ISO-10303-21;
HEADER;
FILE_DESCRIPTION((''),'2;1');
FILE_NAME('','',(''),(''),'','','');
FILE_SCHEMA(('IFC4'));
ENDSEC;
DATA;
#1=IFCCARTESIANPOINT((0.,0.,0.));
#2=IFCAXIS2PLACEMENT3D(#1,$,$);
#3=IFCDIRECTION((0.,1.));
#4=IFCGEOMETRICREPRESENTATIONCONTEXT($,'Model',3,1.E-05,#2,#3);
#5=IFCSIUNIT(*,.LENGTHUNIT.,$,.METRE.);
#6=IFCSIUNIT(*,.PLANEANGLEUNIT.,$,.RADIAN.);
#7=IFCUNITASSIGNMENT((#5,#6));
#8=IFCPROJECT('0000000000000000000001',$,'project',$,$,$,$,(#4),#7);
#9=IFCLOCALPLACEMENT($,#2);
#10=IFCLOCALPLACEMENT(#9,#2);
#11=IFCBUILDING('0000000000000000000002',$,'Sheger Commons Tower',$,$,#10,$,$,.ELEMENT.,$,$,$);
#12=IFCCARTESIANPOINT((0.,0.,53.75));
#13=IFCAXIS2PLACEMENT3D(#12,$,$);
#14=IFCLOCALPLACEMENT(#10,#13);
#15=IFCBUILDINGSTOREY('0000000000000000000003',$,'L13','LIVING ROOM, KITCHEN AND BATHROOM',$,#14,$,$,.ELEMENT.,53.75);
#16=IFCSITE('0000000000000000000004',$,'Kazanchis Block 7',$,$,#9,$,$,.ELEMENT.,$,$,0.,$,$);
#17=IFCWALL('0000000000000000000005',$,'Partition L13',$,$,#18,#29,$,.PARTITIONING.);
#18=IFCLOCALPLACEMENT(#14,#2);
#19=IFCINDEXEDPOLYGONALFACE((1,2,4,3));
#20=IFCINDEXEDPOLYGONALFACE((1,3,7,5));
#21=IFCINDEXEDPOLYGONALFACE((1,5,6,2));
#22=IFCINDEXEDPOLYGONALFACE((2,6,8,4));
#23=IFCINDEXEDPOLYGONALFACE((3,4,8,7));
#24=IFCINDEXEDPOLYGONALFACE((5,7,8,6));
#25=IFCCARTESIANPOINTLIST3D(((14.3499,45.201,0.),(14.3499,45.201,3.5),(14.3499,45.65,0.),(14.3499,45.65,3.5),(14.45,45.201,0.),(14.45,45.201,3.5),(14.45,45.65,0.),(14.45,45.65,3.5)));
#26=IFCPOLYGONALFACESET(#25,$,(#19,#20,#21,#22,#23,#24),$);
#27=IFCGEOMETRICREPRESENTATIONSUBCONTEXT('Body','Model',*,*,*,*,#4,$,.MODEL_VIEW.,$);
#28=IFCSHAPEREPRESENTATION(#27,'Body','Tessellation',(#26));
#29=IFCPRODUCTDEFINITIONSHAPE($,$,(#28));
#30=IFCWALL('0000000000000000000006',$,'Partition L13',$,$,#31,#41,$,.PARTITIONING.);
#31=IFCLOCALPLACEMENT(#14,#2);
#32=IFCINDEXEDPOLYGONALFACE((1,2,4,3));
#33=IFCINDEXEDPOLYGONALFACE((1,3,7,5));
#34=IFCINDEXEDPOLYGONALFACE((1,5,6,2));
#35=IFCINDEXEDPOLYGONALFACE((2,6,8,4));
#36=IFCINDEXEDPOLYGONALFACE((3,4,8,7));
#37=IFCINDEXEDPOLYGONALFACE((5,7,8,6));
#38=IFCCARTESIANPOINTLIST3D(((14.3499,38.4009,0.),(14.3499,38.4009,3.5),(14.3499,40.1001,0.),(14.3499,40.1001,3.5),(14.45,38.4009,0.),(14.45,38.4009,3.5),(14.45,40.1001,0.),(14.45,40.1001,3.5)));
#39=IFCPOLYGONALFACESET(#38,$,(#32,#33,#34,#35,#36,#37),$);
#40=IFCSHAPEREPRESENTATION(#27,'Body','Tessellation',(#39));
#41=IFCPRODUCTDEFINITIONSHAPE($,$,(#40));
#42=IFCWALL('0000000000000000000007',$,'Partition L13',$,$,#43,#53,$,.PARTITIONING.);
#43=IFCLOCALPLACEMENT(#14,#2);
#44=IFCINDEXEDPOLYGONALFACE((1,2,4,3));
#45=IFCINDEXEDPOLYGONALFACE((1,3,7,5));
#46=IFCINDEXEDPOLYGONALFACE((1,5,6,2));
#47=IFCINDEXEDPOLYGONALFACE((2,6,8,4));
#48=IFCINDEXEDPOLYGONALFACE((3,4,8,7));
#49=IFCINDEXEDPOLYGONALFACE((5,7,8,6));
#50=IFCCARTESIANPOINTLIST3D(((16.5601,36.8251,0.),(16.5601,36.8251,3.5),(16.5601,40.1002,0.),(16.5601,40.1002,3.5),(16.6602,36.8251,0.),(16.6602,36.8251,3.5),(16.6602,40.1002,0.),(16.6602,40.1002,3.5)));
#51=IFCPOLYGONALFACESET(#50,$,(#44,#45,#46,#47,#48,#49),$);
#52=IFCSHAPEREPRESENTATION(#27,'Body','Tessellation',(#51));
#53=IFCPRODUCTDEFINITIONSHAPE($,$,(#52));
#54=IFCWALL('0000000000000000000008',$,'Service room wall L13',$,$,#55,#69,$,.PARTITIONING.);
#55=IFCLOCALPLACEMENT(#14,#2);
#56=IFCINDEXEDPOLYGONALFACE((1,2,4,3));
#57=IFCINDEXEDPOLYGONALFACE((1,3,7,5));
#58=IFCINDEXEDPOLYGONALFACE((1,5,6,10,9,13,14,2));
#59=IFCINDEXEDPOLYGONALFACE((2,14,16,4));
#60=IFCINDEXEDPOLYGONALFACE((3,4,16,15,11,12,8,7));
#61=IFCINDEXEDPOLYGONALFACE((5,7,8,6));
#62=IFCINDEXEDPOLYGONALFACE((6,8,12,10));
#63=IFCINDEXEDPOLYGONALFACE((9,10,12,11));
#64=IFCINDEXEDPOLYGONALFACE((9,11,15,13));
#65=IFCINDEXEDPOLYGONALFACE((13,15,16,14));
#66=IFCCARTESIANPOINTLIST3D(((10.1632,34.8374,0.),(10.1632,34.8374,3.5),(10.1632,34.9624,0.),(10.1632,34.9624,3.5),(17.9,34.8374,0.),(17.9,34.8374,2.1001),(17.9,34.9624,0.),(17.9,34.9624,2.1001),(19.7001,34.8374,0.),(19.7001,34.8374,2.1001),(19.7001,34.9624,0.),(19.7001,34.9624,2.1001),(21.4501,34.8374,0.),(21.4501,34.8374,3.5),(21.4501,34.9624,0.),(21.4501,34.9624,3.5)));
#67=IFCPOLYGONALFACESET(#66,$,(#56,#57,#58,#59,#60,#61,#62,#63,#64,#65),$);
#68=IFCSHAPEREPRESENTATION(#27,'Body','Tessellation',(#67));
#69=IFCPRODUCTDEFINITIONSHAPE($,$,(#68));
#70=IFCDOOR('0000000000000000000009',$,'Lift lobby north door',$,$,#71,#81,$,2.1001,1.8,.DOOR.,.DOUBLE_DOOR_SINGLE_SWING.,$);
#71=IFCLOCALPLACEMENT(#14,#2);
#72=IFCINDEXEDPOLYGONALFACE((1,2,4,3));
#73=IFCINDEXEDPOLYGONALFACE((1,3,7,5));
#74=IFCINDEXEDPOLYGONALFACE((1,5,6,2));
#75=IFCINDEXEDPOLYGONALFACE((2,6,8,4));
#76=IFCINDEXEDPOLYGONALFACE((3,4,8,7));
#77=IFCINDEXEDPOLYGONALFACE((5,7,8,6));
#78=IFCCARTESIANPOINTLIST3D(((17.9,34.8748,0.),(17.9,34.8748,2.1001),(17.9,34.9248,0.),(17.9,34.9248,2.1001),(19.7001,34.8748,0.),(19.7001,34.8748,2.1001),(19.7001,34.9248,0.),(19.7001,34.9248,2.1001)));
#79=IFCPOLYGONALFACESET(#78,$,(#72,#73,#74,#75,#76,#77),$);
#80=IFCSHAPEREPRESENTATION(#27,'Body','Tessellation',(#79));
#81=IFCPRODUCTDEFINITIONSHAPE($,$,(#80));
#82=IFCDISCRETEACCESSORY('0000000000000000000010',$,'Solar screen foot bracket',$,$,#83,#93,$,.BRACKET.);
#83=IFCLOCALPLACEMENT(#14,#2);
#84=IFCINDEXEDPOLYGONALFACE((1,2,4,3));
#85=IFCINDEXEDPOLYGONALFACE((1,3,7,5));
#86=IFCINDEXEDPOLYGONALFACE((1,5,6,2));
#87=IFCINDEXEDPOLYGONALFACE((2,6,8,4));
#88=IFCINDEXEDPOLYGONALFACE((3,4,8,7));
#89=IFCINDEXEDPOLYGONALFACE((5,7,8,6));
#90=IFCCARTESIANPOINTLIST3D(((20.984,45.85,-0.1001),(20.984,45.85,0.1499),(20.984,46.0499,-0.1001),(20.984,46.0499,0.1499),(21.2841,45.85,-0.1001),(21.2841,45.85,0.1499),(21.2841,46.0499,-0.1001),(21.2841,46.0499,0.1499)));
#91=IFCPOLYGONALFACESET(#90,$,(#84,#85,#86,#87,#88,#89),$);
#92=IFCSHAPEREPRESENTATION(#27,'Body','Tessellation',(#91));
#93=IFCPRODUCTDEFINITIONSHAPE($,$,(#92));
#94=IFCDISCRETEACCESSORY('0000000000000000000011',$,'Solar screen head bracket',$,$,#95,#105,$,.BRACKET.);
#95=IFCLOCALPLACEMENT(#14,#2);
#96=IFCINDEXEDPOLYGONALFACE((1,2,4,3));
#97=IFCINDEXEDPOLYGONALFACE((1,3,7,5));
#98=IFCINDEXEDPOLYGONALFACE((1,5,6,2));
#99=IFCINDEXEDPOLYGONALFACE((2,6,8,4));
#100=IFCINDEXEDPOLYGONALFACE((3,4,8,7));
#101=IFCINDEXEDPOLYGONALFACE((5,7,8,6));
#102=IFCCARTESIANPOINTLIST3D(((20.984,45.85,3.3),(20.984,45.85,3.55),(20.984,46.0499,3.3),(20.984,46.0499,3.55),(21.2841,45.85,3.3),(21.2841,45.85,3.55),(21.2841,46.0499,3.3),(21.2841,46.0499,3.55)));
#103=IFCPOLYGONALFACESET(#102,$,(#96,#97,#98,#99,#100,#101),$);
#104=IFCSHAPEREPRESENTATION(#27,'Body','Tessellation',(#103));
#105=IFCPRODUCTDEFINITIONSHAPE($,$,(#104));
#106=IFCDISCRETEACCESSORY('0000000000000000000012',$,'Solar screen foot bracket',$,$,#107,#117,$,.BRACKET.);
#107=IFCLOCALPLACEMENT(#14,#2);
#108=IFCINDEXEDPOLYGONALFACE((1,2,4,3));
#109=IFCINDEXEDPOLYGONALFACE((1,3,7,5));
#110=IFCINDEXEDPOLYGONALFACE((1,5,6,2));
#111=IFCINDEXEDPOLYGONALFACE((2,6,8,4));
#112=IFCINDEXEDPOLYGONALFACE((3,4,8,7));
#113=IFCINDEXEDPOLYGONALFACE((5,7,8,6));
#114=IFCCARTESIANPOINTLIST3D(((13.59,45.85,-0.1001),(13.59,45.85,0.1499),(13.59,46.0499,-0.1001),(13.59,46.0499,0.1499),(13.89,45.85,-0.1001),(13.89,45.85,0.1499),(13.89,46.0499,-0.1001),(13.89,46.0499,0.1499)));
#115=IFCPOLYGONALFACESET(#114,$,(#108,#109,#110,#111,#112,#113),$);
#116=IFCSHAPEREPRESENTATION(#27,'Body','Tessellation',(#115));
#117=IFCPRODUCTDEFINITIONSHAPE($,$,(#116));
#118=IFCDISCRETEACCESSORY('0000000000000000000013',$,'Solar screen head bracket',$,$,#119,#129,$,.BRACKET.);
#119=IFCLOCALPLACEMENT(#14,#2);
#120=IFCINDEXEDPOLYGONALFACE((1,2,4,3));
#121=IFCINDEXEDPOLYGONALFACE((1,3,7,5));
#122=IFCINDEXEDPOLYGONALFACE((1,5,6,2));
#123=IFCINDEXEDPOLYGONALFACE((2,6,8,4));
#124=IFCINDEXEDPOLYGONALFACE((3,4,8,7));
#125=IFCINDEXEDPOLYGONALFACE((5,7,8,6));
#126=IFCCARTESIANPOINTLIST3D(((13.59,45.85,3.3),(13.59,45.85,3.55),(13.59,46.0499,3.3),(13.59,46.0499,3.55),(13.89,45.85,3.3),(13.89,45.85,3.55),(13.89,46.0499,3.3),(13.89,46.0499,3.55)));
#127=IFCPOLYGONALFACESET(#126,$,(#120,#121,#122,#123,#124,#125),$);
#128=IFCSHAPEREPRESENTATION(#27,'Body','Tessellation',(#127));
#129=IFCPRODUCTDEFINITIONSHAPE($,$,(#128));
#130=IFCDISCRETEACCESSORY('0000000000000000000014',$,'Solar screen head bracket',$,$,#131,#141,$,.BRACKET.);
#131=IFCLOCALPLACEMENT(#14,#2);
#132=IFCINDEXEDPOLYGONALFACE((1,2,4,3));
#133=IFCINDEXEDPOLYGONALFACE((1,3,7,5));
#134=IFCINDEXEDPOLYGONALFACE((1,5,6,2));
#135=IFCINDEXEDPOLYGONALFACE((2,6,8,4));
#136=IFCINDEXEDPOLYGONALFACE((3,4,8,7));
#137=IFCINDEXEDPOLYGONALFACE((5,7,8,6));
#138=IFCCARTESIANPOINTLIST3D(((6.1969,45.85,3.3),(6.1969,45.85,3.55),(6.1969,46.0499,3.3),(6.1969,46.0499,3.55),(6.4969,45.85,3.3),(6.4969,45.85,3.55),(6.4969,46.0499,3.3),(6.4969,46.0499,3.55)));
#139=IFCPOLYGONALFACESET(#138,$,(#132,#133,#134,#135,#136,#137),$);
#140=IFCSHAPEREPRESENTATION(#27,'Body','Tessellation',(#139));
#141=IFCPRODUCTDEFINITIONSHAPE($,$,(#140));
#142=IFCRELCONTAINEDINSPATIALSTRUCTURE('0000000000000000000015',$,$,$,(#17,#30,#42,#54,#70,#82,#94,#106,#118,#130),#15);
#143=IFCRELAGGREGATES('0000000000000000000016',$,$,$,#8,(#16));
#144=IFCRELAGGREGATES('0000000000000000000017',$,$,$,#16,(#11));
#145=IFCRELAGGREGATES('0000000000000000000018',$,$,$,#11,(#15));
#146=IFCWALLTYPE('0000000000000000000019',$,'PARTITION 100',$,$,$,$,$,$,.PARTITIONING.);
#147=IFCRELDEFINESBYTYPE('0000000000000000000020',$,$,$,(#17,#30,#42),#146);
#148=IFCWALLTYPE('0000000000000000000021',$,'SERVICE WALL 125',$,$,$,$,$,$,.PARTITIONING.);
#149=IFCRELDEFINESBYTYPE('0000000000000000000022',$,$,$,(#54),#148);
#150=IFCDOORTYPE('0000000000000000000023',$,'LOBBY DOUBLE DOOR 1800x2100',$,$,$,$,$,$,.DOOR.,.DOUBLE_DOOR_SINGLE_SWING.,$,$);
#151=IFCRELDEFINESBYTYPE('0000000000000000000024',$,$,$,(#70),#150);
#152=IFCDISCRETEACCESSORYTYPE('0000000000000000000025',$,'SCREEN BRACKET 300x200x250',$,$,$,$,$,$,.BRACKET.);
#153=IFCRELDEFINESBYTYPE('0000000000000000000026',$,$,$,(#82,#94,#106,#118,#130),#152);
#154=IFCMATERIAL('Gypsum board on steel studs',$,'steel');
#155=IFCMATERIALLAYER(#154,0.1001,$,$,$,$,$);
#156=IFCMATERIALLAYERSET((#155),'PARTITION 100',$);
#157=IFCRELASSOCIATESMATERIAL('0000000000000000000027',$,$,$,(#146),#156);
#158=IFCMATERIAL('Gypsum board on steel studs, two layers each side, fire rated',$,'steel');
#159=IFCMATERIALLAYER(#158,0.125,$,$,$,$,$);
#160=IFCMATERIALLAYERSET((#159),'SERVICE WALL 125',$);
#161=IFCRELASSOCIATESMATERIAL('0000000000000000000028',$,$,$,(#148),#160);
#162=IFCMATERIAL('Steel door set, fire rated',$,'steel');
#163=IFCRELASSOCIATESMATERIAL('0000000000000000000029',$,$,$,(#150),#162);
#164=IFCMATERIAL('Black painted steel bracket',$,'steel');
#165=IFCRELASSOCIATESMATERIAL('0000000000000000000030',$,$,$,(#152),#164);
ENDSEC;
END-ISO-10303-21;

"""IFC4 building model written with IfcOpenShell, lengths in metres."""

from ifc_helpers import new_model, si_unit, direction, frame, frame_2d, origin, origin_2d, place, context, subcontext, project, spatial, rectangle, extrude, material, layer, layer_set, type_object, element, fill, save


model = new_model("IFC4")

# Units and contexts
model_context = context("Model", 3, precision=1e-05, world=origin(), true_north=direction((0.0, 1.0)))
body_context = subcontext(model_context, "Body", "Model", "MODEL_VIEW")
ifc_project = project(units=[si_unit("LENGTHUNIT", "METRE"), si_unit("PLANEANGLEUNIT", "RADIAN")], contexts=[model_context])

# Site, building, storey
site_placement = place(None, origin())
site = spatial("IfcSite", under=ifc_project, at=site_placement, Name="Kazanchis Block 7", CompositionType="ELEMENT", RefElevation=0.0)
building_placement = place(site_placement, origin())
building = spatial("IfcBuilding", under=site, at=building_placement, Name="Sheger Commons Tower", CompositionType="ELEMENT")
storey_placement = place(building_placement, frame((0.0, 0.0, 53.75)))
storey = spatial("IfcBuildingStorey", under=building, at=storey_placement, Name="L13", Description="LIVING ROOM, KITCHEN AND BATHROOM", CompositionType="ELEMENT", Elevation=53.75)

# Shared definitions
ifc_material_1 = material(Name="Gypsum board on steel studs", Category="steel")
ifc_layer_1 = layer(ifc_material_1, 0.1001)
ifc_layer_set_1 = layer_set([ifc_layer_1], Name="PARTITION 100")
wall_type_1 = type_object("IfcWallType", Name="PARTITION 100", PredefinedType="PARTITIONING", material=ifc_layer_set_1)

# Walls
wall_1_placement = place(storey_placement, frame((14.3999, 45.2009, 0.0), z_axis=(0.0, 0.0, 1.0), x_axis=(0.0, 1.0, 0.0)))
element("IfcWall", 1, at=wall_1_placement, inside=storey, type_object=wall_type_1, Name="Partition L13", PredefinedType="PARTITIONING", context=body_context, shape_type="SweptSolid", body=[
    extrude(rectangle(XDim=0.449, YDim=0.1001, at=frame_2d((0.2246, 0.0))), origin(), (0.0, 0.0, 1.0), 3.5),
])
wall_2_placement = place(storey_placement, frame((14.3999, 38.4009, 0.0), z_axis=(0.0, 0.0, 1.0), x_axis=(0.0, 1.0, 0.0)))
element("IfcWall", 2, at=wall_2_placement, inside=storey, type_object=wall_type_1, Name="Partition L13", PredefinedType="PARTITIONING", context=body_context, shape_type="SweptSolid", body=[
    extrude(rectangle(XDim=1.6992, YDim=0.1001, at=frame_2d((0.8496, 0.0))), origin(), (0.0, 0.0, 1.0), 3.5),
])
wall_3_placement = place(storey_placement, frame((16.6101, 36.825, 0.0), z_axis=(0.0, 0.0, 1.0), x_axis=(0.0, 1.0, 0.0)))
element("IfcWall", 3, at=wall_3_placement, inside=storey, type_object=wall_type_1, Name="Partition L13", PredefinedType="PARTITIONING", context=body_context, shape_type="SweptSolid", body=[
    extrude(rectangle(XDim=3.2751, YDim=0.1001, at=frame_2d((1.6377, 0.0))), origin(), (0.0, 0.0, 1.0), 3.5),
])

# Wall, opening, door
ifc_material_2 = material(Name="Gypsum board on steel studs, two layers each side, fire rated", Category="steel")
ifc_layer_2 = layer(ifc_material_2, 0.125)
ifc_layer_set_2 = layer_set([ifc_layer_2], Name="SERVICE WALL 125")
wall_type_2 = type_object("IfcWallType", Name="SERVICE WALL 125", PredefinedType="PARTITIONING", material=ifc_layer_set_2)
wall_4_placement = place(storey_placement, frame((10.1631, 34.8999, 0.0), z_axis=(0.0, 0.0, 1.0), x_axis=(1.0, 0.0, 0.0)))
wall_4 = element("IfcWall", 4, at=wall_4_placement, inside=storey, type_object=wall_type_2, Name="Service room wall L13", PredefinedType="PARTITIONING", context=body_context, shape_type="SweptSolid", body=[
    extrude(rectangle(XDim=11.2869, YDim=0.125, at=frame_2d((5.6436, 0.0))), origin(), (0.0, 0.0, 1.0), 3.5),
])
opening_1_placement = place(wall_4_placement, frame((7.7371, 0.0, 0.0)))
opening_1 = element("IfcOpeningElement", 5, at=opening_1_placement, cuts=wall_4, PredefinedType="OPENING", context=body_context, shape_type="SweptSolid", body=[
    extrude(rectangle(XDim=1.8, YDim=2.1001, at=frame_2d((0.8999, 1.05))), frame((0.0, 0.0725, 0.0), z_axis=(0.0, -1.0, 0.0), x_axis=(1.0, 0.0, 0.0)), (0.0, 0.0, 1.0), 0.145),
])
ifc_material_3 = material(Name="Steel door set, fire rated", Category="steel")
door_type_1 = type_object("IfcDoorType", Name="LOBBY DOUBLE DOOR 1800x2100", OperationType="DOUBLE_DOOR_SINGLE_SWING", PredefinedType="DOOR", material=ifc_material_3)
door_1_placement = place(opening_1_placement, origin())
door_1 = element("IfcDoor", 6, at=door_1_placement, inside=storey, type_object=door_type_1, Name="Lift lobby north door", OperationType="DOUBLE_DOOR_SINGLE_SWING", OverallHeight=2.1001, OverallWidth=1.8, PredefinedType="DOOR", context=body_context, shape_type="SweptSolid", body=[
    extrude(rectangle(XDim=1.8, YDim=2.1001, at=frame_2d((0.8999, 1.05))), frame((0.0, 0.0249, 0.0), z_axis=(0.0, -1.0, 0.0), x_axis=(1.0, 0.0, 0.0)), (0.0, 0.0, 1.0), 0.05),
])
fill(opening_1, door_1)

# Discrete accessories
ifc_material_4 = material(Name="Black painted steel bracket", Category="steel")
discrete_accessory_type = type_object("IfcDiscreteAccessoryType", Name="SCREEN BRACKET 300x200x250", PredefinedType="BRACKET", material=ifc_material_4)
for number, where, z_axis, x_axis, name in (
    (7, (21.134, 45.95, -0.1001), (0.0, 0.0, 1.0), (-1.0, 0.0, 0.0), "Solar screen foot bracket"),
    (8, (21.134, 45.95, 3.3), (0.0, 0.0, 1.0), (-1.0, 0.0, 0.0), "Solar screen head bracket"),
    (9, (13.74, 45.95, -0.1001), (0.0, 0.0, 1.0), (-1.0, 0.0, 0.0), "Solar screen foot bracket"),
    (10, (13.74, 45.95, 3.3), (0.0, 0.0, 1.0), (-1.0, 0.0, 0.0), "Solar screen head bracket"),
    (11, (6.3469, 45.95, 3.3), (0.0, 0.0, 1.0), (-1.0, 0.0, 0.0), "Solar screen head bracket"),
):
    element("IfcDiscreteAccessory", number, at=place(storey_placement, frame(where, z_axis=z_axis, x_axis=x_axis)), inside=storey, type_object=discrete_accessory_type, Name=name, PredefinedType="BRACKET", context=body_context, shape_type="SweptSolid", body=[
        extrude(rectangle(XDim=0.3, YDim=0.2, at=origin_2d()), origin(), (0.0, 0.0, 1.0), 0.25),
    ])

save(model, "model.ifc")
